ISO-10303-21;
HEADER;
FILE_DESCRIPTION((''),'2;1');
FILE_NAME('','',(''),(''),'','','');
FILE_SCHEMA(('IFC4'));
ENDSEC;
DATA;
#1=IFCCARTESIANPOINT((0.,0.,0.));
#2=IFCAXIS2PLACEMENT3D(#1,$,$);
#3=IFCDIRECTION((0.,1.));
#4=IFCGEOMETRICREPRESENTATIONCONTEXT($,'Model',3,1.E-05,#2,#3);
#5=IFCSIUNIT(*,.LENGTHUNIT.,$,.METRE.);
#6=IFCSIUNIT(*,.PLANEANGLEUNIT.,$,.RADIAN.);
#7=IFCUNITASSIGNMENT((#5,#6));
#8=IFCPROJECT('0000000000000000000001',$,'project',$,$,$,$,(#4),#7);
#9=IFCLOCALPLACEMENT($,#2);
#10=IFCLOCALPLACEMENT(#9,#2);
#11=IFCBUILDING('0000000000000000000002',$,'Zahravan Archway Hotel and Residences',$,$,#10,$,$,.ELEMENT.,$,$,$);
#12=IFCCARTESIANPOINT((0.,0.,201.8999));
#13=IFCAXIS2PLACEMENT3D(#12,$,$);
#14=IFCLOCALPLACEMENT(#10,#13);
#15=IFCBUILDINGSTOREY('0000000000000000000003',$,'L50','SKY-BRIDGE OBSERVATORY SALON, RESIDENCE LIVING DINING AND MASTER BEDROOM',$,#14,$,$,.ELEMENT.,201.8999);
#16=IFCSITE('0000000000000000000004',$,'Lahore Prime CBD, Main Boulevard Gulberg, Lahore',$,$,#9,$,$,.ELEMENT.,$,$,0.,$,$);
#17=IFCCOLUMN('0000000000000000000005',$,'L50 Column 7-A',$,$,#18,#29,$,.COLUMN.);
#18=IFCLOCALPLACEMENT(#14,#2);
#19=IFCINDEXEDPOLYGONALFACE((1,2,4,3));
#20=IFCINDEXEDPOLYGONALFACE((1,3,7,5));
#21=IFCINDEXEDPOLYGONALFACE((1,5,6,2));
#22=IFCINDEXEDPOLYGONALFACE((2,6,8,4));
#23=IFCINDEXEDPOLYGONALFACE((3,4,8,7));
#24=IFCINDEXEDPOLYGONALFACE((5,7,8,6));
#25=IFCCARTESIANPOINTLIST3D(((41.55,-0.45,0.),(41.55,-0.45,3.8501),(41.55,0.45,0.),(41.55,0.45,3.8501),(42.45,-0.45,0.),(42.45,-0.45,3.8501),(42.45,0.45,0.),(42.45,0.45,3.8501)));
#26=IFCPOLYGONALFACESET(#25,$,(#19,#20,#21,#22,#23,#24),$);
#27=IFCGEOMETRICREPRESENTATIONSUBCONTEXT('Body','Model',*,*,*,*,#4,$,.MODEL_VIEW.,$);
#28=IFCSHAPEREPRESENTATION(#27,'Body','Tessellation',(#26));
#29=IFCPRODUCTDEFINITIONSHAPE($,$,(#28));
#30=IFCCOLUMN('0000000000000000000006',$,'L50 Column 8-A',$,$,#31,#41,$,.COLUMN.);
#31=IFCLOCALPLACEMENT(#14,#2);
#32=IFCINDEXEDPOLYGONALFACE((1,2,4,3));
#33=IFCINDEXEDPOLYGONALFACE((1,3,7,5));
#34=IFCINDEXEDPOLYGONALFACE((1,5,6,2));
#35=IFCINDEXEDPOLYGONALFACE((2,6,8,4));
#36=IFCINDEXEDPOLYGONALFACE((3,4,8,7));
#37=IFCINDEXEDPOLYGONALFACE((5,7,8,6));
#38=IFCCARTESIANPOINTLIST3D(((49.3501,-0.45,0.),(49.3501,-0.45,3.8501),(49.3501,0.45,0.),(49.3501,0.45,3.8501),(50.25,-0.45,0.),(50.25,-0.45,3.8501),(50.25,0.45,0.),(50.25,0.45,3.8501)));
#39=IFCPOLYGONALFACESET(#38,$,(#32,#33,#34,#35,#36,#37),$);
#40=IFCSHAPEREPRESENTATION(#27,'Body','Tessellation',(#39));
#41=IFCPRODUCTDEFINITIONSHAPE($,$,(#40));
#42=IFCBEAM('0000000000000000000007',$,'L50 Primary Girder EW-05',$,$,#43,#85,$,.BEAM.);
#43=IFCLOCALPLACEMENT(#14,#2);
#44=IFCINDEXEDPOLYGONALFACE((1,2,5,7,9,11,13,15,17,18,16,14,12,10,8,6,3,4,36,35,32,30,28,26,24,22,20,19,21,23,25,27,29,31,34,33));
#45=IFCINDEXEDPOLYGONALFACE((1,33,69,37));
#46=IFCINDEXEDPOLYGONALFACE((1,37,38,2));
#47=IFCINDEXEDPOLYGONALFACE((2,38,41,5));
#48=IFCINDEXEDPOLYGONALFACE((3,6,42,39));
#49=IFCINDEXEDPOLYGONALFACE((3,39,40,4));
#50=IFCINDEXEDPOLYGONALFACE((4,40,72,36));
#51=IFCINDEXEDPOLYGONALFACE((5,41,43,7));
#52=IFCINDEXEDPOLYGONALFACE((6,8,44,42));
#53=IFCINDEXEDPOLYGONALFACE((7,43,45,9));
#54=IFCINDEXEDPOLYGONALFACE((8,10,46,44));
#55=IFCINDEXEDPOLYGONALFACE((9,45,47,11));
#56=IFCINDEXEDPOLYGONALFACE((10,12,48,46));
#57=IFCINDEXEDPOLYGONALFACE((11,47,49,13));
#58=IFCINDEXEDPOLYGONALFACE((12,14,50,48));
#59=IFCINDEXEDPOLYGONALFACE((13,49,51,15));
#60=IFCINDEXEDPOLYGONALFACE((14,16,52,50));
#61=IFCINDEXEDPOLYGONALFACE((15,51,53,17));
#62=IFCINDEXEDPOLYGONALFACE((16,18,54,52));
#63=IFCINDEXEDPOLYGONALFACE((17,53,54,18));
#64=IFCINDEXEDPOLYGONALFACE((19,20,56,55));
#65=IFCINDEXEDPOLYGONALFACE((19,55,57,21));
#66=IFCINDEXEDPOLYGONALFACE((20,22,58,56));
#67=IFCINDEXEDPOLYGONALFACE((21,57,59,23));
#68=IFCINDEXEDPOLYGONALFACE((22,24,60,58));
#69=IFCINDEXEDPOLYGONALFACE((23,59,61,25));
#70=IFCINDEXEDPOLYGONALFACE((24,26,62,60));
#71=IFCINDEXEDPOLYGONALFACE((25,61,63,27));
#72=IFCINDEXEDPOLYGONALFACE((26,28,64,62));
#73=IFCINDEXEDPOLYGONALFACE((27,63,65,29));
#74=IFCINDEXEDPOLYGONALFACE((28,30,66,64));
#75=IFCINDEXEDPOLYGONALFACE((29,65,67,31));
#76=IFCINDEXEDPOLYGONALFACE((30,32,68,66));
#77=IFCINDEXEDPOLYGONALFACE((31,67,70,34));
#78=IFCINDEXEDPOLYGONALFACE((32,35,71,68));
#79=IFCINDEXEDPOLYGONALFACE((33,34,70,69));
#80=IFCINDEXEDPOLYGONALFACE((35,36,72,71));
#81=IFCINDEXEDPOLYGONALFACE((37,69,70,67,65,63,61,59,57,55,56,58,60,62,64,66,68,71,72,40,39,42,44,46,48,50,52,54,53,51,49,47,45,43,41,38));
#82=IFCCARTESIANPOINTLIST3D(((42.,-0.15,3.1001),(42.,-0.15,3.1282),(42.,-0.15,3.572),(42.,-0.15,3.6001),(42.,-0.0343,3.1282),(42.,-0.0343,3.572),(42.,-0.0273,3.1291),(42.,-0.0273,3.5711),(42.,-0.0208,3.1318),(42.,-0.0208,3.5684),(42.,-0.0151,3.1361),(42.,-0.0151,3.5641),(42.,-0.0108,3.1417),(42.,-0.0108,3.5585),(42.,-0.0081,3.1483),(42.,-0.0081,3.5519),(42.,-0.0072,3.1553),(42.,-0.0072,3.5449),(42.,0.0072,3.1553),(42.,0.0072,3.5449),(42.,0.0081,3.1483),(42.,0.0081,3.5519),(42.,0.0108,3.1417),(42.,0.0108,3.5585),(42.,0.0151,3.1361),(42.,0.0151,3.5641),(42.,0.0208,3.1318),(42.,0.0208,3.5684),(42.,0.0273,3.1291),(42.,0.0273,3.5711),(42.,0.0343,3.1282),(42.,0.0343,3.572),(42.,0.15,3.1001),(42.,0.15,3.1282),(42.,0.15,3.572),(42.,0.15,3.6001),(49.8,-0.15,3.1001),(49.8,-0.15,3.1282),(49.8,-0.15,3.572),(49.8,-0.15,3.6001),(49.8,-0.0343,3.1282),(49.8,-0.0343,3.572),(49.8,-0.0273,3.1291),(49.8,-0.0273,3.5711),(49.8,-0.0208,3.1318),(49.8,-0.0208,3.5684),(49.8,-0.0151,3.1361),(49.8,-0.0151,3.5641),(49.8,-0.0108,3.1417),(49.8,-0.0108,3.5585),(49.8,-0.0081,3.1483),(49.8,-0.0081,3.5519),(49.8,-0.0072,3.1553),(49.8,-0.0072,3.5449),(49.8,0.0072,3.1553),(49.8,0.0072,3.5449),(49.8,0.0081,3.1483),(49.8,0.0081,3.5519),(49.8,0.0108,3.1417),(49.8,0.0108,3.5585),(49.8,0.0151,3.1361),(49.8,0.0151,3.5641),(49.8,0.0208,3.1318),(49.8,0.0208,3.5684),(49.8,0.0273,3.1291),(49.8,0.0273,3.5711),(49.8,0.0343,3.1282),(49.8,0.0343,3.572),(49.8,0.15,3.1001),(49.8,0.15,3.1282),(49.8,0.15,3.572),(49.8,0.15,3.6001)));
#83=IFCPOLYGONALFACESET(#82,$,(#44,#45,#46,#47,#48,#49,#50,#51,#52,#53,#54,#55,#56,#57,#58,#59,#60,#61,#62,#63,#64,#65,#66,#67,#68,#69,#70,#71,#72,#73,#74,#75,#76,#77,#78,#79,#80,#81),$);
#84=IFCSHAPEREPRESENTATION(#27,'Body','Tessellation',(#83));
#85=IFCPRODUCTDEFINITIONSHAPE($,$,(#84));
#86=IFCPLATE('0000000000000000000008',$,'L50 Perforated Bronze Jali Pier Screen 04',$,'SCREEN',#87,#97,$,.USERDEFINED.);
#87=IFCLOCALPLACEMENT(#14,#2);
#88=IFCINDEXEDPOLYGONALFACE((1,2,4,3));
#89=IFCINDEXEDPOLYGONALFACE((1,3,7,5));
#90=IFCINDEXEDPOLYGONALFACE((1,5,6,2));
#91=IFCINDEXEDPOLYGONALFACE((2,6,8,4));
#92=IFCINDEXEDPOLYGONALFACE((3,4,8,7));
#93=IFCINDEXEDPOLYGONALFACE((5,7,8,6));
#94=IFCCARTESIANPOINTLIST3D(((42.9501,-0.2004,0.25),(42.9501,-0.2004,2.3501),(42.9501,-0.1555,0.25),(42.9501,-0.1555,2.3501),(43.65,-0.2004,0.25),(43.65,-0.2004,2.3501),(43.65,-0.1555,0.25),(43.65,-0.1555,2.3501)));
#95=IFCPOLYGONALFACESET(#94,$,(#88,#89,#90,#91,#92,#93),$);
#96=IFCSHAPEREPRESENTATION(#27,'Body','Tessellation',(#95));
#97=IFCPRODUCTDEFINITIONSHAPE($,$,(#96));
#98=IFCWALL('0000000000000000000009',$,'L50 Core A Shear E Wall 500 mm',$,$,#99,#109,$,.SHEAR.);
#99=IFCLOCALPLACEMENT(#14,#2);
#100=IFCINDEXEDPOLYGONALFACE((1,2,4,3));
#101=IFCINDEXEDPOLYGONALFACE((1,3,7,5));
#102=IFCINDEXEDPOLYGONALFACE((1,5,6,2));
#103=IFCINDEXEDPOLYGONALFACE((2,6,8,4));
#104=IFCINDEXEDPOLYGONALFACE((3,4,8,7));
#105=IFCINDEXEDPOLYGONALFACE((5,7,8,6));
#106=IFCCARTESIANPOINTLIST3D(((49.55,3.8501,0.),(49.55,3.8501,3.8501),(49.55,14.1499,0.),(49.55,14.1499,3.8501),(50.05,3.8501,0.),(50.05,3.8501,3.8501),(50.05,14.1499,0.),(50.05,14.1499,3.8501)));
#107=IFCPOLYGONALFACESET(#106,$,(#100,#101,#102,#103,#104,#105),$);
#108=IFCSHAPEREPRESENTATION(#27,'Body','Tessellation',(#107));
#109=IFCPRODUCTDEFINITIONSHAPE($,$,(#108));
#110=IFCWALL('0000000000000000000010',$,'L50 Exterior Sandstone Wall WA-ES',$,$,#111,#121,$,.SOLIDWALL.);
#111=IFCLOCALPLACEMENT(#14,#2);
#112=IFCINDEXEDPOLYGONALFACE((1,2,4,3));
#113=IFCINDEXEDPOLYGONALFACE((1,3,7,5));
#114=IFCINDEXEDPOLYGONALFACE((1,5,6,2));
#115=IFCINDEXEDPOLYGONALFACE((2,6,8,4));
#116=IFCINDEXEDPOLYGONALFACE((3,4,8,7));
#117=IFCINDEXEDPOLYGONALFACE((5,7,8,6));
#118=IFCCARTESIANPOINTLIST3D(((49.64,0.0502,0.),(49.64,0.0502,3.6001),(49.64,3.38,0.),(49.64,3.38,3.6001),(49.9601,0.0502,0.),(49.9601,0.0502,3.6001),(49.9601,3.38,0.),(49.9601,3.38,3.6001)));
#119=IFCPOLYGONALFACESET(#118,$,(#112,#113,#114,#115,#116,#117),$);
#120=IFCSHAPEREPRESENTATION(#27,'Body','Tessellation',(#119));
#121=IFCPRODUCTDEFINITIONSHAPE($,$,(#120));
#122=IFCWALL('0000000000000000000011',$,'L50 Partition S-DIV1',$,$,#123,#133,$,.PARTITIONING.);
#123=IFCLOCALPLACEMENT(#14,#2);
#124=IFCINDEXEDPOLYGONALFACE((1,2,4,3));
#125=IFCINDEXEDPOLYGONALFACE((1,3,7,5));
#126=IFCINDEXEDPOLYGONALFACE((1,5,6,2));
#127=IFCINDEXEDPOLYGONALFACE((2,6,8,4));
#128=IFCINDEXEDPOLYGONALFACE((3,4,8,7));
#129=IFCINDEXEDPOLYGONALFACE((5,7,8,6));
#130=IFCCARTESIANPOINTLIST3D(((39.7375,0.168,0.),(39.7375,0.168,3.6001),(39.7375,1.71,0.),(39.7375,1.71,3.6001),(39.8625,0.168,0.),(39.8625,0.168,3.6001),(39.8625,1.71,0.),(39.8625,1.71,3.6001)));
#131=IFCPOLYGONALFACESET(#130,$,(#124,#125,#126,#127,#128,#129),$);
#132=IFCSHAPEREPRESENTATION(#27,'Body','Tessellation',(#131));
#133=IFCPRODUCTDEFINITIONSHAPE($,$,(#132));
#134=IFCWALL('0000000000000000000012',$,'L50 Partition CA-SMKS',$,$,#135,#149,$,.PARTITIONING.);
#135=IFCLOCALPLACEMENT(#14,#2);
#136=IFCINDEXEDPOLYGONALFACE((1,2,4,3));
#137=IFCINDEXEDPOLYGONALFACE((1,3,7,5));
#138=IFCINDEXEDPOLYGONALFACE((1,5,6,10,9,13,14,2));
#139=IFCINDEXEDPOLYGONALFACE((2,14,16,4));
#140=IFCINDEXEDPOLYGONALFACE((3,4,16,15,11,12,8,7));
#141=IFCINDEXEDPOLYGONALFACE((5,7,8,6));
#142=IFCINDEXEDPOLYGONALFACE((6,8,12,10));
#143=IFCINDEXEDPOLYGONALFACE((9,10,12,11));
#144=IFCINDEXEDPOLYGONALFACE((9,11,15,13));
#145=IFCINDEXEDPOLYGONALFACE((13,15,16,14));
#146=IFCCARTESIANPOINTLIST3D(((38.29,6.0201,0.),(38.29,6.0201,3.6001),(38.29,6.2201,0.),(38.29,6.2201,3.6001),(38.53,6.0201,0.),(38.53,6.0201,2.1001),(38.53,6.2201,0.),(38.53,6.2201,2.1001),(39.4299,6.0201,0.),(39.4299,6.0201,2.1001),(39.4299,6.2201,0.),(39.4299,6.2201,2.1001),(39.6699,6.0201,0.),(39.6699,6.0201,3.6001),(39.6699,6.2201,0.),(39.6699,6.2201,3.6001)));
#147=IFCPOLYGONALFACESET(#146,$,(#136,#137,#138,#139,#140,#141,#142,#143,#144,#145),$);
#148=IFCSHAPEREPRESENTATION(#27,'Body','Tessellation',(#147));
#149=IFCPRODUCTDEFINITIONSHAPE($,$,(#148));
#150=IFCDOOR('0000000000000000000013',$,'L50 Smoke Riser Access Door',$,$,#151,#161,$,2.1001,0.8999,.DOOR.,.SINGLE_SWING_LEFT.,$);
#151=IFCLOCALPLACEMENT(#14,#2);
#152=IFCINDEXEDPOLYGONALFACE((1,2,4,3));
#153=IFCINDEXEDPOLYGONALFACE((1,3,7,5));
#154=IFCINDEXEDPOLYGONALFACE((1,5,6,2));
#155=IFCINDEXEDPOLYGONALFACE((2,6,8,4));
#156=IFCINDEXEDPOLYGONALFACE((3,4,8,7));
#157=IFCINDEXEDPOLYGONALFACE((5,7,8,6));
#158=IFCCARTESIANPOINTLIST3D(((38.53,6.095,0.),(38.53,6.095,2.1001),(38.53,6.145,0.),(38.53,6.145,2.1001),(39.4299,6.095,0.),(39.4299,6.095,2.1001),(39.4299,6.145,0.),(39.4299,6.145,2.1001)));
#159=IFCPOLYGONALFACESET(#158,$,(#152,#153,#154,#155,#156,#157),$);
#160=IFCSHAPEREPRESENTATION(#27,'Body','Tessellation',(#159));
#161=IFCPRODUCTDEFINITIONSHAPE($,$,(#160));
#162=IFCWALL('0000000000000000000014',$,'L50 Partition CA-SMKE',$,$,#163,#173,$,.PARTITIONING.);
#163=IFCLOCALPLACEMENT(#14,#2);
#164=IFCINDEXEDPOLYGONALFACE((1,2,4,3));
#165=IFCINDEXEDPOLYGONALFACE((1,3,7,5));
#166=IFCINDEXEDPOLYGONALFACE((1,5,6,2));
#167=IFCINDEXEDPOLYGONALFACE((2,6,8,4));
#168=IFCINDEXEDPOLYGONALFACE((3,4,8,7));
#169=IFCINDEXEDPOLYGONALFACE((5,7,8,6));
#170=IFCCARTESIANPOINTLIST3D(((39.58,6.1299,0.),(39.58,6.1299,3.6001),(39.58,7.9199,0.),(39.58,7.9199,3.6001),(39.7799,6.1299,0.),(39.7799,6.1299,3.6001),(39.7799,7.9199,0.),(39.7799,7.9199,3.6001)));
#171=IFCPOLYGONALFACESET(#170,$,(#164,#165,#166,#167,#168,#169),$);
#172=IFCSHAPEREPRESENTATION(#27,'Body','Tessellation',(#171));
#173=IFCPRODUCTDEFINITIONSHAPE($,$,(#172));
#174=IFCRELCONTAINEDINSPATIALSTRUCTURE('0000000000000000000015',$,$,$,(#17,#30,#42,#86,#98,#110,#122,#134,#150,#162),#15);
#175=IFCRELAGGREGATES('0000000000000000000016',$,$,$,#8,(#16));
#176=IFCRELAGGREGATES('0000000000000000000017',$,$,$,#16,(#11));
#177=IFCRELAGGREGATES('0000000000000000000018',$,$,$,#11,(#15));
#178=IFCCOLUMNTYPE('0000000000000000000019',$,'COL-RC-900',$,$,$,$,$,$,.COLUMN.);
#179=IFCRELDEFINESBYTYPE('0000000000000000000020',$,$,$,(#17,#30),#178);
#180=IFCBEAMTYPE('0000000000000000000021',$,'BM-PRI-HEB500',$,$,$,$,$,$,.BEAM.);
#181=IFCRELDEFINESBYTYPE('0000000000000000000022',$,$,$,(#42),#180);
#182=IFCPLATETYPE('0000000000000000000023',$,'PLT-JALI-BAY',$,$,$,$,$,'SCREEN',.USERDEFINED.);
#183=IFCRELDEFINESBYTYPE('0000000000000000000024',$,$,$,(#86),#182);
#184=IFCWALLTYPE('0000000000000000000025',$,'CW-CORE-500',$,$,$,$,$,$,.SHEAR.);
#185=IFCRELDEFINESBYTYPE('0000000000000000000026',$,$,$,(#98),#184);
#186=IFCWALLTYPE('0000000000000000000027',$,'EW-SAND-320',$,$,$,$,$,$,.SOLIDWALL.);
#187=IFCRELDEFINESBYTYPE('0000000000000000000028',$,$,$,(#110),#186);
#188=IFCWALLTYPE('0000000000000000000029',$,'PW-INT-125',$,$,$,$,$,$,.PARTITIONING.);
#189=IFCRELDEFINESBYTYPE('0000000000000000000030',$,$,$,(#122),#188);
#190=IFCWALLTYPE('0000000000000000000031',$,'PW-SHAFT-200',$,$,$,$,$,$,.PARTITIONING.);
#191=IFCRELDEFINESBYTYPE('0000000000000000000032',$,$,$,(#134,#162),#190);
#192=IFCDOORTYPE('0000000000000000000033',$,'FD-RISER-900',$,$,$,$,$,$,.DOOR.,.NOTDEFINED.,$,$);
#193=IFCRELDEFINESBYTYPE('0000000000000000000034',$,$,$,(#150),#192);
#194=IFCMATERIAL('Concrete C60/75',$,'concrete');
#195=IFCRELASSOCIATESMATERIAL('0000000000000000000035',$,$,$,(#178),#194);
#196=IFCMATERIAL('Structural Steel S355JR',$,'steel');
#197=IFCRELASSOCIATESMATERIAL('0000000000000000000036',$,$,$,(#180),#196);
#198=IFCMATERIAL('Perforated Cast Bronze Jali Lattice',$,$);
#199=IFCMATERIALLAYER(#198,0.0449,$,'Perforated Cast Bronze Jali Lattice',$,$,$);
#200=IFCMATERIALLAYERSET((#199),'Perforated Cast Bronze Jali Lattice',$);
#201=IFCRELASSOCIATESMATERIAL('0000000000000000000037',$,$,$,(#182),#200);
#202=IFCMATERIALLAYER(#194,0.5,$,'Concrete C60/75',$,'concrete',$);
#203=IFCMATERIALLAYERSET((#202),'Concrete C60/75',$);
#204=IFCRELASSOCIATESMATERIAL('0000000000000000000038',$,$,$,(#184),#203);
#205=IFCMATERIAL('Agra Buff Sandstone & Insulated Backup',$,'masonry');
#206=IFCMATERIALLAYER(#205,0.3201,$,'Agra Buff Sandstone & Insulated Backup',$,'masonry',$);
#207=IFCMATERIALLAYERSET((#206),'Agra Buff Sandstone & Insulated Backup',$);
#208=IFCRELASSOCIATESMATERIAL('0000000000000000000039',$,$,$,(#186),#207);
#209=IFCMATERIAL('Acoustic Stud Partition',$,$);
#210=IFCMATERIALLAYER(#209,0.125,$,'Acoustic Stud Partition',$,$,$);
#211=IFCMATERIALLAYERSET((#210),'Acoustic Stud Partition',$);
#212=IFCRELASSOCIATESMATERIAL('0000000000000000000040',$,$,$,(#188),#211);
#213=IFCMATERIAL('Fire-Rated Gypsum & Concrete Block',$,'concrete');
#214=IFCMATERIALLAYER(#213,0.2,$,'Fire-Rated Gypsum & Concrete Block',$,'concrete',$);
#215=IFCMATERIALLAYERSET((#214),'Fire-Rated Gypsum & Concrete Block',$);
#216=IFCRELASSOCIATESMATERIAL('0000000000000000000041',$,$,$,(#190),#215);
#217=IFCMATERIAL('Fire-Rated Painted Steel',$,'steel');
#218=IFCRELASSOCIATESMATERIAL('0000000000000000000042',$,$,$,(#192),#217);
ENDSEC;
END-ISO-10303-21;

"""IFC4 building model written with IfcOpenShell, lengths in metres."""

from ifc_helpers import new_model, si_unit, direction, frame, frame_2d, origin, origin_2d, place, context, subcontext, project, spatial, rectangle, i_section, extrude, source, transform, mapped, material, layer, layer_set, material_profile, profile_set, type_object, type_shapes, element, fill, save


model = new_model("IFC4")

# Units and contexts
model_context = context("Model", 3, precision=1e-05, world=origin(), true_north=direction((0.0, 1.0)))
body_context = subcontext(model_context, "Body", "Model", "MODEL_VIEW")
ifc_project = project(units=[si_unit("LENGTHUNIT", "METRE"), si_unit("PLANEANGLEUNIT", "RADIAN")], contexts=[model_context])

# Site, building, storey
site_placement = place(None, origin())
site = spatial("IfcSite", under=ifc_project, at=site_placement, Name="Lahore Prime CBD, Main Boulevard Gulberg, Lahore", CompositionType="ELEMENT", RefElevation=0.0)
building_placement = place(site_placement, origin())
building = spatial("IfcBuilding", under=site, at=building_placement, Name="Zahravan Archway Hotel and Residences", CompositionType="ELEMENT")
storey_placement = place(building_placement, frame((0.0, 0.0, 201.8999)))
storey = spatial("IfcBuildingStorey", under=building, at=storey_placement, Name="L50", Description="SKY-BRIDGE OBSERVATORY SALON, RESIDENCE LIVING DINING AND MASTER BEDROOM", CompositionType="ELEMENT", Elevation=201.8999)

# Columns
ifc_material_1 = material(Name="Concrete C60/75", Category="concrete")
ifc_material_profile_1 = material_profile(ifc_material_1, rectangle(XDim=0.8999, YDim=0.8999, at=origin_2d()), Name="RC-COL-900x900", Category="concrete")
ifc_profile_set_1 = profile_set([ifc_material_profile_1], Name="Concrete C60/75")
column_type = type_object("IfcColumnType", Name="COL-RC-900", PredefinedType="COLUMN", material=ifc_profile_set_1)
shared_shape_1 = source(origin(), body_context, "Body", "SweptSolid", [
    extrude(rectangle(XDim=0.8999, YDim=0.8999, at=origin_2d()), origin(), (0.0, 0.0, 1.0), 3.8501),
])
type_shapes(column_type, [shared_shape_1])
for number, where, z_axis, x_axis, name in (
    (1, (42.0, 0.0, 0.0), (0.0, 0.0, 1.0), (1.0, 0.0, 0.0), "L50 Column 7-A"),
    (2, (49.8, 0.0, 0.0), (0.0, 0.0, 1.0), (1.0, 0.0, 0.0), "L50 Column 8-A"),
):
    element("IfcColumn", number, at=place(storey_placement, frame(where, z_axis=z_axis, x_axis=x_axis)), inside=storey, type_object=column_type, Name=name, PredefinedType="COLUMN", context=body_context, shape_type="MappedRepresentation", body=[
        mapped(shared_shape_1, transform((0.0, 0.0, 0.0), scale=1.0)),
    ])

# Beam
ifc_material_2 = material(Name="Structural Steel S355JR", Category="steel")
ifc_material_profile_2 = material_profile(ifc_material_2, i_section(OverallWidth=0.3, OverallDepth=0.5, WebThickness=0.0144, FlangeThickness=0.0281, FilletRadius=0.0271, at=origin_2d()), Name="HEB 500", Category="steel")
ifc_profile_set_2 = profile_set([ifc_material_profile_2], Name="Structural Steel S355JR")
beam_type = type_object("IfcBeamType", Name="BM-PRI-HEB500", PredefinedType="BEAM", material=ifc_profile_set_2)
shared_shape_2 = source(origin(), body_context, "Body", "SweptSolid", [
    extrude(i_section(OverallWidth=0.3, OverallDepth=0.5, WebThickness=0.0144, FlangeThickness=0.0281, FilletRadius=0.0271, at=origin_2d()), origin(), (0.0, 0.0, 1.0), 7.8),
])
beam_placement = place(storey_placement, frame((42.0, 0.0, 3.3501), z_axis=(1.0, 0.0, 0.0), x_axis=(0.0, 1.0, 0.0)))
element("IfcBeam", 3, at=beam_placement, inside=storey, type_object=beam_type, Name="L50 Primary Girder EW-05", PredefinedType="BEAM", context=body_context, shape_type="MappedRepresentation", body=[
    mapped(shared_shape_2, transform((0.0, 0.0, 0.0), scale=1.0)),
])

# Plate
ifc_material_3 = material(Name="Perforated Cast Bronze Jali Lattice")
ifc_layer_1 = layer(ifc_material_3, 0.0449, Name="Perforated Cast Bronze Jali Lattice")
ifc_layer_set_1 = layer_set([ifc_layer_1], Name="Perforated Cast Bronze Jali Lattice")
plate_type = type_object("IfcPlateType", Name="PLT-JALI-BAY", ElementType="SCREEN", PredefinedType="USERDEFINED", material=ifc_layer_set_1)
shared_shape_3 = source(origin(), body_context, "Body", "SweptSolid", [
    extrude(rectangle(XDim=0.7, YDim=0.0449, at=origin_2d()), origin(), (0.0, 0.0, 1.0), 2.1001),
])
type_shapes(plate_type, [shared_shape_3])
plate_placement = place(storey_placement, frame((43.3, -0.178, 0.25), z_axis=(0.0, 0.0, 1.0), x_axis=(1.0, 0.0, 0.0)))
element("IfcPlate", 4, at=plate_placement, inside=storey, type_object=plate_type, Name="L50 Perforated Bronze Jali Pier Screen 04", ObjectType="SCREEN", PredefinedType="USERDEFINED", context=body_context, shape_type="MappedRepresentation", body=[
    mapped(shared_shape_3, transform((0.0, 0.0, 0.0), scale=1.0)),
])

# Walls
ifc_layer_2 = layer(ifc_material_1, 0.5, Name="Concrete C60/75", Category="concrete")
ifc_layer_set_2 = layer_set([ifc_layer_2], Name="Concrete C60/75")
wall_type_1 = type_object("IfcWallType", Name="CW-CORE-500", PredefinedType="SHEAR", material=ifc_layer_set_2)
wall_1_placement = place(storey_placement, frame((49.8, 3.8501, 0.0), z_axis=(0.0, 0.0, 1.0), x_axis=(0.0, 1.0, 0.0)))
element("IfcWall", 5, at=wall_1_placement, inside=storey, type_object=wall_type_1, Name="L50 Core A Shear E Wall 500 mm", PredefinedType="SHEAR", context=body_context, shape_type="SweptSolid", body=[
    extrude(rectangle(XDim=10.2998, YDim=0.5, at=frame_2d((5.1499, 0.0))), origin(), (0.0, 0.0, 1.0), 3.8501),
])
ifc_material_4 = material(Name="Agra Buff Sandstone & Insulated Backup", Category="masonry")
ifc_layer_3 = layer(ifc_material_4, 0.3201, Name="Agra Buff Sandstone & Insulated Backup", Category="masonry")
ifc_layer_set_3 = layer_set([ifc_layer_3], Name="Agra Buff Sandstone & Insulated Backup")
wall_type_2 = type_object("IfcWallType", Name="EW-SAND-320", PredefinedType="SOLIDWALL", material=ifc_layer_set_3)
wall_2_placement = place(storey_placement, frame((49.8, 0.05, 0.0), z_axis=(0.0, 0.0, 1.0), x_axis=(0.0, 1.0, 0.0)))
element("IfcWall", 6, at=wall_2_placement, inside=storey, type_object=wall_type_2, Name="L50 Exterior Sandstone Wall WA-ES", PredefinedType="SOLIDWALL", context=body_context, shape_type="SweptSolid", body=[
    extrude(rectangle(XDim=3.3298, YDim=0.3201, at=frame_2d((1.665, 0.0))), origin(), (0.0, 0.0, 1.0), 3.6001),
])
ifc_material_5 = material(Name="Acoustic Stud Partition")
ifc_layer_4 = layer(ifc_material_5, 0.125, Name="Acoustic Stud Partition")
ifc_layer_set_4 = layer_set([ifc_layer_4], Name="Acoustic Stud Partition")
wall_type_3 = type_object("IfcWallType", Name="PW-INT-125", PredefinedType="PARTITIONING", material=ifc_layer_set_4)
wall_3_placement = place(storey_placement, frame((39.8, 0.168, 0.0), z_axis=(0.0, 0.0, 1.0), x_axis=(0.0, 1.0, 0.0)))
element("IfcWall", 7, at=wall_3_placement, inside=storey, type_object=wall_type_3, Name="L50 Partition S-DIV1", PredefinedType="PARTITIONING", context=body_context, shape_type="SweptSolid", body=[
    extrude(rectangle(XDim=1.542, YDim=0.125, at=frame_2d((0.771, 0.0))), origin(), (0.0, 0.0, 1.0), 3.6001),
])

# Wall, opening, door
ifc_material_6 = material(Name="Fire-Rated Gypsum & Concrete Block", Category="concrete")
ifc_layer_5 = layer(ifc_material_6, 0.2, Name="Fire-Rated Gypsum & Concrete Block", Category="concrete")
ifc_layer_set_5 = layer_set([ifc_layer_5], Name="Fire-Rated Gypsum & Concrete Block")
wall_type_4 = type_object("IfcWallType", Name="PW-SHAFT-200", PredefinedType="PARTITIONING", material=ifc_layer_set_5)
wall_4_placement = place(storey_placement, frame((38.29, 6.1201, 0.0), z_axis=(0.0, 0.0, 1.0), x_axis=(1.0, 0.0, 0.0)))
wall_4 = element("IfcWall", 8, at=wall_4_placement, inside=storey, type_object=wall_type_4, Name="L50 Partition CA-SMKS", PredefinedType="PARTITIONING", context=body_context, shape_type="SweptSolid", body=[
    extrude(rectangle(XDim=1.3799, YDim=0.2, at=frame_2d((0.6899, 0.0))), origin(), (0.0, 0.0, 1.0), 3.6001),
])
opening_1_placement = place(wall_4_placement, frame((0.24, 0.0, 0.0)))
opening_1 = element("IfcOpeningElement", 9, at=opening_1_placement, cuts=wall_4, PredefinedType="OPENING", context=body_context, shape_type="SweptSolid", body=[
    extrude(rectangle(XDim=0.8999, YDim=2.1001, at=frame_2d((0.45, 1.05))), frame((0.0, 0.1099, 0.0), z_axis=(0.0, -1.0, 0.0), x_axis=(1.0, 0.0, 0.0)), (0.0, 0.0, 1.0), 0.22),
])
ifc_material_7 = material(Name="Fire-Rated Painted Steel", Category="steel")
door_type = type_object("IfcDoorType", Name="FD-RISER-900", OperationType="NOTDEFINED", PredefinedType="DOOR", material=ifc_material_7)
shared_shape_4 = source(origin(), body_context, "Body", "SweptSolid", [
    extrude(rectangle(XDim=0.8999, YDim=2.1001, at=frame_2d((0.45, 1.05))), frame((0.0, 0.0249, 0.0), z_axis=(0.0, -1.0, 0.0), x_axis=(1.0, 0.0, 0.0)), (0.0, 0.0, 1.0), 0.05),
])
type_shapes(door_type, [shared_shape_4])
door_1_placement = place(opening_1_placement, origin())
door_1 = element("IfcDoor", 10, at=door_1_placement, inside=storey, type_object=door_type, Name="L50 Smoke Riser Access Door", OperationType="SINGLE_SWING_LEFT", OverallHeight=2.1001, OverallWidth=0.8999, PredefinedType="DOOR", context=body_context, shape_type="MappedRepresentation", body=[
    mapped(shared_shape_4, transform((0.0, 0.0, 0.0), scale=1.0)),
])
fill(opening_1, door_1)

# Wall
wall_5_placement = place(storey_placement, frame((39.6799, 6.1299, 0.0), z_axis=(0.0, 0.0, 1.0), x_axis=(0.0, 1.0, 0.0)))
element("IfcWall", 11, at=wall_5_placement, inside=storey, type_object=wall_type_4, Name="L50 Partition CA-SMKE", PredefinedType="PARTITIONING", context=body_context, shape_type="SweptSolid", body=[
    extrude(rectangle(XDim=1.79, YDim=0.2, at=frame_2d((0.895, 0.0))), origin(), (0.0, 0.0, 1.0), 3.6001),
])

save(model, "model.ifc")
